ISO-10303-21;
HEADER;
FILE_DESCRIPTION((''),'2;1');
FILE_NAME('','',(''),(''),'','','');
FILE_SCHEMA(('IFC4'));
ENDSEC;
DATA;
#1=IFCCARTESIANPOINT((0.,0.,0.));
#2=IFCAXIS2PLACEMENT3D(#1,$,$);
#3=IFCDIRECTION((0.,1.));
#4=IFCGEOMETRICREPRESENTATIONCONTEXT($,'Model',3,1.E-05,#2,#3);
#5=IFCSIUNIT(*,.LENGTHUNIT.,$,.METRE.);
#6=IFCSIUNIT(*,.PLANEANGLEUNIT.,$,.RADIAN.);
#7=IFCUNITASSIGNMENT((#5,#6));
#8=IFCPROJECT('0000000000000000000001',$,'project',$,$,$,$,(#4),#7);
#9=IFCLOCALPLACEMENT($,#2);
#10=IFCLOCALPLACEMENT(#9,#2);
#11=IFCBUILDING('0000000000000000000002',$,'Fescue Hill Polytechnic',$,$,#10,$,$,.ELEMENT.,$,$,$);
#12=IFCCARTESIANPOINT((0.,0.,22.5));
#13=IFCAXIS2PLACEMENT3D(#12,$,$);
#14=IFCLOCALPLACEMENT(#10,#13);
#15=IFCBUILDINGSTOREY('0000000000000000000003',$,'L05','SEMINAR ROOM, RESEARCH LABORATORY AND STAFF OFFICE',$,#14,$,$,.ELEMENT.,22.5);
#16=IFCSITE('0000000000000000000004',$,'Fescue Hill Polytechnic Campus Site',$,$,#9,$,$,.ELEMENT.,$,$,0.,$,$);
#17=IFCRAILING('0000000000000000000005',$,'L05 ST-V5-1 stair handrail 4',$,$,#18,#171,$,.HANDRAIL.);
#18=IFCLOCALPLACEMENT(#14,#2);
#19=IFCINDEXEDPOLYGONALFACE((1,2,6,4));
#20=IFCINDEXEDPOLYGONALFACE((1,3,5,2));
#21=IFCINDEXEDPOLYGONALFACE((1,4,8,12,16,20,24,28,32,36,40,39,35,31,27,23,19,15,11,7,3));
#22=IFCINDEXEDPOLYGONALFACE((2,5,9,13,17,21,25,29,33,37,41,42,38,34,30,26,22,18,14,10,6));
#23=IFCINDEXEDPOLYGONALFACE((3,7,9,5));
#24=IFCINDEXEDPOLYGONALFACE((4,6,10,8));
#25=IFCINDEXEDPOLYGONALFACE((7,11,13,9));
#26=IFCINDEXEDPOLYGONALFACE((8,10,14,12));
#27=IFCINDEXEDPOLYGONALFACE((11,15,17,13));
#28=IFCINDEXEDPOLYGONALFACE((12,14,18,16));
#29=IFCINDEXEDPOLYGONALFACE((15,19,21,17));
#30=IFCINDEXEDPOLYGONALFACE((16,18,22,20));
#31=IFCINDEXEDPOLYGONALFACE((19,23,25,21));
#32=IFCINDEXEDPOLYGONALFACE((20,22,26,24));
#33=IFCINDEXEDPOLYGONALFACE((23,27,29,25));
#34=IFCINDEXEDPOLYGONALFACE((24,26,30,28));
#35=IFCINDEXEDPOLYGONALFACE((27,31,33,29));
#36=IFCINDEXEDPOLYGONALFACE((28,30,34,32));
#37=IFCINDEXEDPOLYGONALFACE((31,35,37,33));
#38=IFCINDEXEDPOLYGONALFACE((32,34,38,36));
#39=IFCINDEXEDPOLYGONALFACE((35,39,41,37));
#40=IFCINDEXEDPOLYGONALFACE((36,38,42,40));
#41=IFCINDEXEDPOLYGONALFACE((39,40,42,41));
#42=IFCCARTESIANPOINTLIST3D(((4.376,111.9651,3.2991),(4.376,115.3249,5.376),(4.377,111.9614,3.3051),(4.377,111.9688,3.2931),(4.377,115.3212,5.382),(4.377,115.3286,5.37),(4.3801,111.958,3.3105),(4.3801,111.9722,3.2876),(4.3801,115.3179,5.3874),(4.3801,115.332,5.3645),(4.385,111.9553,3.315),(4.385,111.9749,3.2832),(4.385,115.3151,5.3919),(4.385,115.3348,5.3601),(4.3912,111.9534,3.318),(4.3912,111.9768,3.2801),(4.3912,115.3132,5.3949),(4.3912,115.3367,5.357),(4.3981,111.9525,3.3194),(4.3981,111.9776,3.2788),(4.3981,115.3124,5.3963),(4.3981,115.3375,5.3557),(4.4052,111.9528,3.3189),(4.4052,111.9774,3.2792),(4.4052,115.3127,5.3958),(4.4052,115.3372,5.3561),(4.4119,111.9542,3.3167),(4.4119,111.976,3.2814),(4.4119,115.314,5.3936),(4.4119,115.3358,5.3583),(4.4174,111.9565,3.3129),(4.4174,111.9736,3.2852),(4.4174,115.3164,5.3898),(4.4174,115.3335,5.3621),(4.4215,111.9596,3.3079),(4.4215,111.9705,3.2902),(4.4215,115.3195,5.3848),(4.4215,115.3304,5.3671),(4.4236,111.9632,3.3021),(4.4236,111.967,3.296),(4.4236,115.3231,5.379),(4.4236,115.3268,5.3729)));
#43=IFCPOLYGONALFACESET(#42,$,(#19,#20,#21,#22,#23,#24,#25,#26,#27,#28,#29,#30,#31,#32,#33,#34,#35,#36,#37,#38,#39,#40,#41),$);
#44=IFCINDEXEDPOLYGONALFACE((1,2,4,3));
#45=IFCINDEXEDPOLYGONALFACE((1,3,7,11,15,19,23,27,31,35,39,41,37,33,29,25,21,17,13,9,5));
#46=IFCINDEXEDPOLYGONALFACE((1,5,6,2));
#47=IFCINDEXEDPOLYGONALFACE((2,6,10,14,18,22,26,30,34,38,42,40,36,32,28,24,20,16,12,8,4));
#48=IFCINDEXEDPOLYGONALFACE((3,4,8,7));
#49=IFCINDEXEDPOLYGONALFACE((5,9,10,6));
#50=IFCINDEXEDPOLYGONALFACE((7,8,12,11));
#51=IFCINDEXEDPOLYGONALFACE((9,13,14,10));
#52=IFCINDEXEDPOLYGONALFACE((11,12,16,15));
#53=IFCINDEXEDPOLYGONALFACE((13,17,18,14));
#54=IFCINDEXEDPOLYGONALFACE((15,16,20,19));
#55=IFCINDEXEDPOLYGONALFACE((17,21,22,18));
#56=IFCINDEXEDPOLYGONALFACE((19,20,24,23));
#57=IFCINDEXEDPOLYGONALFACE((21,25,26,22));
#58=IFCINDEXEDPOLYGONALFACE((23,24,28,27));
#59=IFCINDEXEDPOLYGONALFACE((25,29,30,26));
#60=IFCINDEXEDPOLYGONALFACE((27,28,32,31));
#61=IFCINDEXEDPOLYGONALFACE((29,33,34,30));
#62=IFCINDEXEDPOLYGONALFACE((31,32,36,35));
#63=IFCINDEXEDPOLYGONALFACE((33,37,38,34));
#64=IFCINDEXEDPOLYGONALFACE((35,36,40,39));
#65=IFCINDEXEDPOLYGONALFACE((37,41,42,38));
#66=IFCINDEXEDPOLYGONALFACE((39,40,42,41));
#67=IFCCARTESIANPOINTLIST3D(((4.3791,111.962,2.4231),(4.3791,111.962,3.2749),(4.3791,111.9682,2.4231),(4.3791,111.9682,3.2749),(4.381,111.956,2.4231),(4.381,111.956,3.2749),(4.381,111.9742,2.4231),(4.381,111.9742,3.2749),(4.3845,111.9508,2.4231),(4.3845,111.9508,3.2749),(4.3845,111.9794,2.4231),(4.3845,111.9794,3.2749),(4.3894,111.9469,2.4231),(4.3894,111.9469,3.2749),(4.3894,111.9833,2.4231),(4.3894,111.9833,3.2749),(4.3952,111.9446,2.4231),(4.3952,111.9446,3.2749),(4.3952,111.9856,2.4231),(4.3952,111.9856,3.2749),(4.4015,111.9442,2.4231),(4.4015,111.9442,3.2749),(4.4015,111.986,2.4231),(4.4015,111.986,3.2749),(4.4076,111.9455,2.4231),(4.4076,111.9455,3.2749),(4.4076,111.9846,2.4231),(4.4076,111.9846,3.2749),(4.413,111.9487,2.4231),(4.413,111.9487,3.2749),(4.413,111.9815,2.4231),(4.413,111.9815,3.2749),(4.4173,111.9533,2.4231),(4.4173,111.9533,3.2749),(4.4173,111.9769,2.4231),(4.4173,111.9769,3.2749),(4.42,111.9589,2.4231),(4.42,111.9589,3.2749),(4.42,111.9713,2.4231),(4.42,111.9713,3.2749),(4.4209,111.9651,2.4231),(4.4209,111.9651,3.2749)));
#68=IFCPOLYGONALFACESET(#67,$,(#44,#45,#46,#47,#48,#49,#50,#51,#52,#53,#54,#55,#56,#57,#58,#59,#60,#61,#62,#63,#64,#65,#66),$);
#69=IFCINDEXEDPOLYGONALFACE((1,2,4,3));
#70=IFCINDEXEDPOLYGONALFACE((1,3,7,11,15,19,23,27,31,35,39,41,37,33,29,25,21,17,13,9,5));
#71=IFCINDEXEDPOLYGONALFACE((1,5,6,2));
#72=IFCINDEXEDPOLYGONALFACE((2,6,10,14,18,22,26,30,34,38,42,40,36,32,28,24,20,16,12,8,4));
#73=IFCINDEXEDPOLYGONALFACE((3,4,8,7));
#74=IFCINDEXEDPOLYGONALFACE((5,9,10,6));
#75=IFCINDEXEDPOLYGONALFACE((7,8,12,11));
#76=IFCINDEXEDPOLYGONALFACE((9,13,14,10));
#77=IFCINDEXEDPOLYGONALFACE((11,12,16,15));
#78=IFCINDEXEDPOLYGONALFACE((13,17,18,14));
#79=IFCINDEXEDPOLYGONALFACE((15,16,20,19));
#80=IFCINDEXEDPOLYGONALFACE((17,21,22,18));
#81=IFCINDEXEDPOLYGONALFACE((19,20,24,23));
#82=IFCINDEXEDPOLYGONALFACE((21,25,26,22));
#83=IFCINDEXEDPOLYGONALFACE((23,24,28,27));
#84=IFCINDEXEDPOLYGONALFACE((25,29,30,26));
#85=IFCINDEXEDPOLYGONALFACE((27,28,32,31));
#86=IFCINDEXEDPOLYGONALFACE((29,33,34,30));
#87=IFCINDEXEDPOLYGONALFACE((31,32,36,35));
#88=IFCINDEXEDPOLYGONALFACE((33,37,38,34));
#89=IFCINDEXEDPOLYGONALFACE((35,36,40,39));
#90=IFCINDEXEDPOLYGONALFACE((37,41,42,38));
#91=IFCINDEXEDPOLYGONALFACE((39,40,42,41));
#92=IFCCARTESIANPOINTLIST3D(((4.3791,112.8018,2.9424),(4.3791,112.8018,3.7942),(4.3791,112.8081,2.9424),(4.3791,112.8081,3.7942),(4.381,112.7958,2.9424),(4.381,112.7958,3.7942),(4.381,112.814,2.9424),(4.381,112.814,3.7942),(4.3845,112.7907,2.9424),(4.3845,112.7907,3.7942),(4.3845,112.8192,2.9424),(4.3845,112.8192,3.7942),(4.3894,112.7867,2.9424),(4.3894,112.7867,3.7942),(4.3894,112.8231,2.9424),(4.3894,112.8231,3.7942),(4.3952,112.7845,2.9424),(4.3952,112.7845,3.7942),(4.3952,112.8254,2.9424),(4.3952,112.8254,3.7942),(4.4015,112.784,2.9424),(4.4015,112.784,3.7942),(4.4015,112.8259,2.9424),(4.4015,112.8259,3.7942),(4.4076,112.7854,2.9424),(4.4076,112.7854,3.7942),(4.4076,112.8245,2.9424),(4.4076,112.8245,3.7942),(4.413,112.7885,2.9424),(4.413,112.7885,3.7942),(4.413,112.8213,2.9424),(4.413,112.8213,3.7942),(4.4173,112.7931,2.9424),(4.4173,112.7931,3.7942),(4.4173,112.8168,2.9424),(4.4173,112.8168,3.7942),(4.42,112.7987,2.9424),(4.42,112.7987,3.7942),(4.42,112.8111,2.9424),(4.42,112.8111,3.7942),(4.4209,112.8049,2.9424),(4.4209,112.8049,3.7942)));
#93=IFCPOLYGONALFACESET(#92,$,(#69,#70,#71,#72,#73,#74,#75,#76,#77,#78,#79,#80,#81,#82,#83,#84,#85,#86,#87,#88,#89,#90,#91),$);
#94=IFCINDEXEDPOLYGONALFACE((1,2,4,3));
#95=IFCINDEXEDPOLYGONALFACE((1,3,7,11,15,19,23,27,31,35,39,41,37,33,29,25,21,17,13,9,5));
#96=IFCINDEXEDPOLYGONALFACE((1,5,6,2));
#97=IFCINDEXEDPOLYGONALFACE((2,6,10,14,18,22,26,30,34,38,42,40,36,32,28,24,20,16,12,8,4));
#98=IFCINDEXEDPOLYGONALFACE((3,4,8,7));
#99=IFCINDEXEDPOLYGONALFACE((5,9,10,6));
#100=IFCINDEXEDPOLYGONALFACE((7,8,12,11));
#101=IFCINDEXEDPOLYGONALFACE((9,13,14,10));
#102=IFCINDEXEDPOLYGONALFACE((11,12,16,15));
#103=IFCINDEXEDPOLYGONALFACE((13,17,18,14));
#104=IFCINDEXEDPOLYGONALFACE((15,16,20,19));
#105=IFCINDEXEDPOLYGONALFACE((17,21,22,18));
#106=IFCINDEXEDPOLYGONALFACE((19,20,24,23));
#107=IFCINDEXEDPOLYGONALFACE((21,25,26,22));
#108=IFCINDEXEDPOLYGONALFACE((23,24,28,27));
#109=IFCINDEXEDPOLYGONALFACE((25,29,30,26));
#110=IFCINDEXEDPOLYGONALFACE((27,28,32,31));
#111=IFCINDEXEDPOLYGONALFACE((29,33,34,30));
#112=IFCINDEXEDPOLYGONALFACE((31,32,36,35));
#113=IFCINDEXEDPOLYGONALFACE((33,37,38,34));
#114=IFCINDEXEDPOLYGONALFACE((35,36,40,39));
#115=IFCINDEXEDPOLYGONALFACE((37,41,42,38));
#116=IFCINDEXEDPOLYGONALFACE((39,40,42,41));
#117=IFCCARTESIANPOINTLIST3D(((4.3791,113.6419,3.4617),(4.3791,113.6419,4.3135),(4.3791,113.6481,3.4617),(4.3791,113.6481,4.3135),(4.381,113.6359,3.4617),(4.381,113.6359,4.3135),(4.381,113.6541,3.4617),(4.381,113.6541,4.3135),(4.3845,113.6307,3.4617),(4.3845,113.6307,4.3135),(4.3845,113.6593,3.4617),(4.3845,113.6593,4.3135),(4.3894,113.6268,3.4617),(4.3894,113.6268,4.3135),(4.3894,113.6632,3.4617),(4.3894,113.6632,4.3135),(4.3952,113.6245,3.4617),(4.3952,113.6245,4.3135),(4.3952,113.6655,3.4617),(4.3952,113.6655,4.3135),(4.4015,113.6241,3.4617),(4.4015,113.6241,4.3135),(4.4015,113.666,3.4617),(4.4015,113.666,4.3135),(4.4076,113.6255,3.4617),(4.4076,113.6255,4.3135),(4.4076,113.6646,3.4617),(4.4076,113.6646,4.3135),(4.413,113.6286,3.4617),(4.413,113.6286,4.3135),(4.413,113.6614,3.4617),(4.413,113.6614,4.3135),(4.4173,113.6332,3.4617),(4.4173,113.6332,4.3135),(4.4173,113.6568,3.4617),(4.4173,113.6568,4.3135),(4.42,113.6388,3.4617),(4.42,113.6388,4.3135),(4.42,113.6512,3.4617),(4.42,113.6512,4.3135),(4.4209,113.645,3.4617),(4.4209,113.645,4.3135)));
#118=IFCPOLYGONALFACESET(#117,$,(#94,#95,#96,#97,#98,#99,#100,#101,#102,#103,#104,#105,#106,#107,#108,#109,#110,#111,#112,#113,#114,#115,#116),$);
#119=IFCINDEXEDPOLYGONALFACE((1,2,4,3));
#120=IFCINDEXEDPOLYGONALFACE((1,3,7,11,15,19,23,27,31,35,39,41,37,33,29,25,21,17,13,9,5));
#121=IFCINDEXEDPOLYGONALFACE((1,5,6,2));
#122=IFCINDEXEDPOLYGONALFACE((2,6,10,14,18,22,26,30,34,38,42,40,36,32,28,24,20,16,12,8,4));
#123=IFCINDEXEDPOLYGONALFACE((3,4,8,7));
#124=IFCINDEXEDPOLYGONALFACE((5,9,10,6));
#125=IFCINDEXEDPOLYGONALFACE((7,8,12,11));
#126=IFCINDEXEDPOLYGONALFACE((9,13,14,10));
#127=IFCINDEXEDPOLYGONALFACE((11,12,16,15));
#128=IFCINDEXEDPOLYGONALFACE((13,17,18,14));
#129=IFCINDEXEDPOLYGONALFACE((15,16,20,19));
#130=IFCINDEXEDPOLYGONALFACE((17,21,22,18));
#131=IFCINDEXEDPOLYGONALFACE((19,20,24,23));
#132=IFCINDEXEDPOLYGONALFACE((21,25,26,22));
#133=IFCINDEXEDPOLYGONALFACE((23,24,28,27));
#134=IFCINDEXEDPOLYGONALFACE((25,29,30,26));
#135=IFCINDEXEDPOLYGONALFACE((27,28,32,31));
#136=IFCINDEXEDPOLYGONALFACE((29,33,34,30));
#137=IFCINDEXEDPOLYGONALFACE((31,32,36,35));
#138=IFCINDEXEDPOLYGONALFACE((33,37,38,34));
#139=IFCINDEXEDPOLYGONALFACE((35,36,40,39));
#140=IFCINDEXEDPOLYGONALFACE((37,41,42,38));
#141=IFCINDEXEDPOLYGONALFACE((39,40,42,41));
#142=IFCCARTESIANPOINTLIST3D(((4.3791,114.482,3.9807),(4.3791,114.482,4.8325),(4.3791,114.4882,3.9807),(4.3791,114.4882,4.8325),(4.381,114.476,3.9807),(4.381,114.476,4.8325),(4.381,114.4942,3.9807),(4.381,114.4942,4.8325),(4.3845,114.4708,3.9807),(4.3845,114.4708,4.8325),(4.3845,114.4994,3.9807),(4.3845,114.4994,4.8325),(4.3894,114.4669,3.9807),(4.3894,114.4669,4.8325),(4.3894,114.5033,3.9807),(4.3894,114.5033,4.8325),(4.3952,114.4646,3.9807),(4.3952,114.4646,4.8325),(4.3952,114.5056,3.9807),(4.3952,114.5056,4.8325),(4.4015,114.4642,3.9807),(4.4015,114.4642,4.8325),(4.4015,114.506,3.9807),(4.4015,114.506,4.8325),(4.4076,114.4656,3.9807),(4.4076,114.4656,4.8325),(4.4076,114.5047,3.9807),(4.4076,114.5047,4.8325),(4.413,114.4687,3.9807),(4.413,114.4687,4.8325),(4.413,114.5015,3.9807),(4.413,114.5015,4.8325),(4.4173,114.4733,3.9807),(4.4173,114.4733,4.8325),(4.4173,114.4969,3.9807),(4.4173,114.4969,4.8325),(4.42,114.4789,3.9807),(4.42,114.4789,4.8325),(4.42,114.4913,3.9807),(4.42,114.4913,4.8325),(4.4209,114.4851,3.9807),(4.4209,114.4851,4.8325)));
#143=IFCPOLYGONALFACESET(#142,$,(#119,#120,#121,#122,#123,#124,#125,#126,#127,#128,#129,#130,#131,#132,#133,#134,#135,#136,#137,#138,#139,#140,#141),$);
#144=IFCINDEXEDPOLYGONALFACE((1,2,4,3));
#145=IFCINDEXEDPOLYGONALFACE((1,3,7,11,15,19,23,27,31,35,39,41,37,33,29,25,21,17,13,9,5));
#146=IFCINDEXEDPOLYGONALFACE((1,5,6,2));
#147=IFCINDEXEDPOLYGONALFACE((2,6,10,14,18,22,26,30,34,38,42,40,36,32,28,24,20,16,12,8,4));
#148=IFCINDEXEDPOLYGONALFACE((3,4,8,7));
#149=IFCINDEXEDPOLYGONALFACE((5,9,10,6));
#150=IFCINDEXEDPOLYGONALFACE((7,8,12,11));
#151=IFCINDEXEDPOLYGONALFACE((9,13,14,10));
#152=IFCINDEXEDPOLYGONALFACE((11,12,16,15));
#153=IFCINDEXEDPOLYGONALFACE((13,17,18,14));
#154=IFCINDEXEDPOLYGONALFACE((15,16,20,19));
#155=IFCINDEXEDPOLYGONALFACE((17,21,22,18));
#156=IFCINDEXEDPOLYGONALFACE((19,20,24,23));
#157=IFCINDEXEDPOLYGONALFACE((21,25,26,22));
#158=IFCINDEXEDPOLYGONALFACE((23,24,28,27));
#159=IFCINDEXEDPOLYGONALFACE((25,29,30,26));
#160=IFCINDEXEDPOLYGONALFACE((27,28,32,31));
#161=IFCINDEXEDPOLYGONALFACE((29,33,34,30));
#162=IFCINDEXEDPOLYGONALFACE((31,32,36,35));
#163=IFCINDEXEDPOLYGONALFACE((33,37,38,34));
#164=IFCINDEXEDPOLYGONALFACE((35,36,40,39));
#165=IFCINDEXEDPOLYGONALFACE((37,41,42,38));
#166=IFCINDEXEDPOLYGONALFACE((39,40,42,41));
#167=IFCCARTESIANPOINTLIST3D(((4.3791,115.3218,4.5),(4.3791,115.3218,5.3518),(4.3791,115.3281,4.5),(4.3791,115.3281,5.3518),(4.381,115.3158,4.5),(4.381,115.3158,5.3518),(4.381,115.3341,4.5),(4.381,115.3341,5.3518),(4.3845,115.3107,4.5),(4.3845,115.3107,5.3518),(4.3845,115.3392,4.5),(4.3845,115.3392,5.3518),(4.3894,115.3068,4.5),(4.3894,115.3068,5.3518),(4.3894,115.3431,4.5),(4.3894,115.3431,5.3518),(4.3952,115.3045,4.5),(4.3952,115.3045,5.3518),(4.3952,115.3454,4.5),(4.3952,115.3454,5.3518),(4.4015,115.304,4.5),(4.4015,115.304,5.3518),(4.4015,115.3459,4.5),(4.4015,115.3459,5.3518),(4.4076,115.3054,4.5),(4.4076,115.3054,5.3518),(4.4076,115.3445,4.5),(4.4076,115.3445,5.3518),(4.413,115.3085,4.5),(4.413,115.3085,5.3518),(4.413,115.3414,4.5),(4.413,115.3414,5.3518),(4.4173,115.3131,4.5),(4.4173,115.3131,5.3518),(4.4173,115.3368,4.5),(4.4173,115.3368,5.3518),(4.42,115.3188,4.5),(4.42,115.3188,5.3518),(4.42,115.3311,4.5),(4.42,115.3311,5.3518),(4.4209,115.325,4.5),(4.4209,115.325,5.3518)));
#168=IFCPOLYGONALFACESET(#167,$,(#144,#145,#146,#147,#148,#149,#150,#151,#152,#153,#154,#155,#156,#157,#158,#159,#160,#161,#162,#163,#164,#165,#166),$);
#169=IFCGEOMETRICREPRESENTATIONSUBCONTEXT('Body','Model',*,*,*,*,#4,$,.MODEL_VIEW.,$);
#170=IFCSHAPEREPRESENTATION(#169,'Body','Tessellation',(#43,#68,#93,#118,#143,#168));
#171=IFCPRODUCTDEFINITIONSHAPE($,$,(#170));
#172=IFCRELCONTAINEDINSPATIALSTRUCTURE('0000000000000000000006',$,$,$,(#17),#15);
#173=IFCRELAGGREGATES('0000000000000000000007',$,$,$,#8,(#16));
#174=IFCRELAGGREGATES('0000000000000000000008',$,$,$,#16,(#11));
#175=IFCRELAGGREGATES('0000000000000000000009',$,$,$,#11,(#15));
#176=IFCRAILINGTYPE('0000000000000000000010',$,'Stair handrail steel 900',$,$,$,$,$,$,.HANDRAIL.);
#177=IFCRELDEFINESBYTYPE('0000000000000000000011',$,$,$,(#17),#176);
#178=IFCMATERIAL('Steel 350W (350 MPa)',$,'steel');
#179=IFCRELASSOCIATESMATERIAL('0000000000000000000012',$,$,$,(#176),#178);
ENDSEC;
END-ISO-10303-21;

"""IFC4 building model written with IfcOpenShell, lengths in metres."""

from ifc_helpers import new_model, si_unit, direction, frame, origin, origin_2d, place, context, subcontext, project, spatial, circle, extrude, material, type_object, element, save


model = new_model("IFC4")

# Units and contexts
model_context = context("Model", 3, precision=1e-05, world=origin(), true_north=direction((0.0, 1.0)))
body_context = subcontext(model_context, "Body", "Model", "MODEL_VIEW")
ifc_project = project(units=[si_unit("LENGTHUNIT", "METRE"), si_unit("PLANEANGLEUNIT", "RADIAN")], contexts=[model_context])

# Site, building, storey
site_placement = place(None, origin())
site = spatial("IfcSite", under=ifc_project, at=site_placement, Name="Fescue Hill Polytechnic Campus Site", CompositionType="ELEMENT", RefElevation=0.0)
building_placement = place(site_placement, origin())
building = spatial("IfcBuilding", under=site, at=building_placement, Name="Fescue Hill Polytechnic", CompositionType="ELEMENT")
storey_placement = place(building_placement, frame((0.0, 0.0, 22.5)))
storey = spatial("IfcBuildingStorey", under=building, at=storey_placement, Name="L05", Description="SEMINAR ROOM, RESEARCH LABORATORY AND STAFF OFFICE", CompositionType="ELEMENT", Elevation=22.5)

# Railing
ifc_material_1 = material(Name="Steel 350W (350 MPa)", Category="steel")
railing_type = type_object("IfcRailingType", Name="Stair handrail steel 900", PredefinedType="HANDRAIL", material=ifc_material_1)
for number, where, name in (
    (1, (4.3999, 111.9651, 2.4231), "L05 ST-V5-1 stair handrail 4"),
):
    element("IfcRailing", number, at=place(storey_placement, frame(where)), inside=storey, type_object=railing_type, Name=name, PredefinedType="HANDRAIL", context=body_context, shape_type="SweptSolid", body=[
        extrude(circle(Radius=0.0239, at=origin_2d()), frame((0.0, 0.0, 0.876), z_axis=(0.0, 0.850606, 0.525803), x_axis=(-1.0, 0.0, 0.0)), (0.0, 0.0, 1.0), 3.95),
        extrude(circle(Radius=0.021, at=origin_2d()), origin(), (0.0, 0.0, 1.0), 0.8518),
        extrude(circle(Radius=0.021, at=origin_2d()), frame((0.0, 0.8398, 0.5193)), (0.0, 0.0, 1.0), 0.8518),
        extrude(circle(Radius=0.021, at=origin_2d()), frame((0.0, 1.6799, 1.0386)), (0.0, 0.0, 1.0), 0.8518),
        extrude(circle(Radius=0.021, at=origin_2d()), frame((0.0, 2.52, 1.5576)), (0.0, 0.0, 1.0), 0.8518),
        extrude(circle(Radius=0.021, at=origin_2d()), frame((0.0, 3.3599, 2.0769)), (0.0, 0.0, 1.0), 0.8518),
    ])

save(model, "model.ifc")
